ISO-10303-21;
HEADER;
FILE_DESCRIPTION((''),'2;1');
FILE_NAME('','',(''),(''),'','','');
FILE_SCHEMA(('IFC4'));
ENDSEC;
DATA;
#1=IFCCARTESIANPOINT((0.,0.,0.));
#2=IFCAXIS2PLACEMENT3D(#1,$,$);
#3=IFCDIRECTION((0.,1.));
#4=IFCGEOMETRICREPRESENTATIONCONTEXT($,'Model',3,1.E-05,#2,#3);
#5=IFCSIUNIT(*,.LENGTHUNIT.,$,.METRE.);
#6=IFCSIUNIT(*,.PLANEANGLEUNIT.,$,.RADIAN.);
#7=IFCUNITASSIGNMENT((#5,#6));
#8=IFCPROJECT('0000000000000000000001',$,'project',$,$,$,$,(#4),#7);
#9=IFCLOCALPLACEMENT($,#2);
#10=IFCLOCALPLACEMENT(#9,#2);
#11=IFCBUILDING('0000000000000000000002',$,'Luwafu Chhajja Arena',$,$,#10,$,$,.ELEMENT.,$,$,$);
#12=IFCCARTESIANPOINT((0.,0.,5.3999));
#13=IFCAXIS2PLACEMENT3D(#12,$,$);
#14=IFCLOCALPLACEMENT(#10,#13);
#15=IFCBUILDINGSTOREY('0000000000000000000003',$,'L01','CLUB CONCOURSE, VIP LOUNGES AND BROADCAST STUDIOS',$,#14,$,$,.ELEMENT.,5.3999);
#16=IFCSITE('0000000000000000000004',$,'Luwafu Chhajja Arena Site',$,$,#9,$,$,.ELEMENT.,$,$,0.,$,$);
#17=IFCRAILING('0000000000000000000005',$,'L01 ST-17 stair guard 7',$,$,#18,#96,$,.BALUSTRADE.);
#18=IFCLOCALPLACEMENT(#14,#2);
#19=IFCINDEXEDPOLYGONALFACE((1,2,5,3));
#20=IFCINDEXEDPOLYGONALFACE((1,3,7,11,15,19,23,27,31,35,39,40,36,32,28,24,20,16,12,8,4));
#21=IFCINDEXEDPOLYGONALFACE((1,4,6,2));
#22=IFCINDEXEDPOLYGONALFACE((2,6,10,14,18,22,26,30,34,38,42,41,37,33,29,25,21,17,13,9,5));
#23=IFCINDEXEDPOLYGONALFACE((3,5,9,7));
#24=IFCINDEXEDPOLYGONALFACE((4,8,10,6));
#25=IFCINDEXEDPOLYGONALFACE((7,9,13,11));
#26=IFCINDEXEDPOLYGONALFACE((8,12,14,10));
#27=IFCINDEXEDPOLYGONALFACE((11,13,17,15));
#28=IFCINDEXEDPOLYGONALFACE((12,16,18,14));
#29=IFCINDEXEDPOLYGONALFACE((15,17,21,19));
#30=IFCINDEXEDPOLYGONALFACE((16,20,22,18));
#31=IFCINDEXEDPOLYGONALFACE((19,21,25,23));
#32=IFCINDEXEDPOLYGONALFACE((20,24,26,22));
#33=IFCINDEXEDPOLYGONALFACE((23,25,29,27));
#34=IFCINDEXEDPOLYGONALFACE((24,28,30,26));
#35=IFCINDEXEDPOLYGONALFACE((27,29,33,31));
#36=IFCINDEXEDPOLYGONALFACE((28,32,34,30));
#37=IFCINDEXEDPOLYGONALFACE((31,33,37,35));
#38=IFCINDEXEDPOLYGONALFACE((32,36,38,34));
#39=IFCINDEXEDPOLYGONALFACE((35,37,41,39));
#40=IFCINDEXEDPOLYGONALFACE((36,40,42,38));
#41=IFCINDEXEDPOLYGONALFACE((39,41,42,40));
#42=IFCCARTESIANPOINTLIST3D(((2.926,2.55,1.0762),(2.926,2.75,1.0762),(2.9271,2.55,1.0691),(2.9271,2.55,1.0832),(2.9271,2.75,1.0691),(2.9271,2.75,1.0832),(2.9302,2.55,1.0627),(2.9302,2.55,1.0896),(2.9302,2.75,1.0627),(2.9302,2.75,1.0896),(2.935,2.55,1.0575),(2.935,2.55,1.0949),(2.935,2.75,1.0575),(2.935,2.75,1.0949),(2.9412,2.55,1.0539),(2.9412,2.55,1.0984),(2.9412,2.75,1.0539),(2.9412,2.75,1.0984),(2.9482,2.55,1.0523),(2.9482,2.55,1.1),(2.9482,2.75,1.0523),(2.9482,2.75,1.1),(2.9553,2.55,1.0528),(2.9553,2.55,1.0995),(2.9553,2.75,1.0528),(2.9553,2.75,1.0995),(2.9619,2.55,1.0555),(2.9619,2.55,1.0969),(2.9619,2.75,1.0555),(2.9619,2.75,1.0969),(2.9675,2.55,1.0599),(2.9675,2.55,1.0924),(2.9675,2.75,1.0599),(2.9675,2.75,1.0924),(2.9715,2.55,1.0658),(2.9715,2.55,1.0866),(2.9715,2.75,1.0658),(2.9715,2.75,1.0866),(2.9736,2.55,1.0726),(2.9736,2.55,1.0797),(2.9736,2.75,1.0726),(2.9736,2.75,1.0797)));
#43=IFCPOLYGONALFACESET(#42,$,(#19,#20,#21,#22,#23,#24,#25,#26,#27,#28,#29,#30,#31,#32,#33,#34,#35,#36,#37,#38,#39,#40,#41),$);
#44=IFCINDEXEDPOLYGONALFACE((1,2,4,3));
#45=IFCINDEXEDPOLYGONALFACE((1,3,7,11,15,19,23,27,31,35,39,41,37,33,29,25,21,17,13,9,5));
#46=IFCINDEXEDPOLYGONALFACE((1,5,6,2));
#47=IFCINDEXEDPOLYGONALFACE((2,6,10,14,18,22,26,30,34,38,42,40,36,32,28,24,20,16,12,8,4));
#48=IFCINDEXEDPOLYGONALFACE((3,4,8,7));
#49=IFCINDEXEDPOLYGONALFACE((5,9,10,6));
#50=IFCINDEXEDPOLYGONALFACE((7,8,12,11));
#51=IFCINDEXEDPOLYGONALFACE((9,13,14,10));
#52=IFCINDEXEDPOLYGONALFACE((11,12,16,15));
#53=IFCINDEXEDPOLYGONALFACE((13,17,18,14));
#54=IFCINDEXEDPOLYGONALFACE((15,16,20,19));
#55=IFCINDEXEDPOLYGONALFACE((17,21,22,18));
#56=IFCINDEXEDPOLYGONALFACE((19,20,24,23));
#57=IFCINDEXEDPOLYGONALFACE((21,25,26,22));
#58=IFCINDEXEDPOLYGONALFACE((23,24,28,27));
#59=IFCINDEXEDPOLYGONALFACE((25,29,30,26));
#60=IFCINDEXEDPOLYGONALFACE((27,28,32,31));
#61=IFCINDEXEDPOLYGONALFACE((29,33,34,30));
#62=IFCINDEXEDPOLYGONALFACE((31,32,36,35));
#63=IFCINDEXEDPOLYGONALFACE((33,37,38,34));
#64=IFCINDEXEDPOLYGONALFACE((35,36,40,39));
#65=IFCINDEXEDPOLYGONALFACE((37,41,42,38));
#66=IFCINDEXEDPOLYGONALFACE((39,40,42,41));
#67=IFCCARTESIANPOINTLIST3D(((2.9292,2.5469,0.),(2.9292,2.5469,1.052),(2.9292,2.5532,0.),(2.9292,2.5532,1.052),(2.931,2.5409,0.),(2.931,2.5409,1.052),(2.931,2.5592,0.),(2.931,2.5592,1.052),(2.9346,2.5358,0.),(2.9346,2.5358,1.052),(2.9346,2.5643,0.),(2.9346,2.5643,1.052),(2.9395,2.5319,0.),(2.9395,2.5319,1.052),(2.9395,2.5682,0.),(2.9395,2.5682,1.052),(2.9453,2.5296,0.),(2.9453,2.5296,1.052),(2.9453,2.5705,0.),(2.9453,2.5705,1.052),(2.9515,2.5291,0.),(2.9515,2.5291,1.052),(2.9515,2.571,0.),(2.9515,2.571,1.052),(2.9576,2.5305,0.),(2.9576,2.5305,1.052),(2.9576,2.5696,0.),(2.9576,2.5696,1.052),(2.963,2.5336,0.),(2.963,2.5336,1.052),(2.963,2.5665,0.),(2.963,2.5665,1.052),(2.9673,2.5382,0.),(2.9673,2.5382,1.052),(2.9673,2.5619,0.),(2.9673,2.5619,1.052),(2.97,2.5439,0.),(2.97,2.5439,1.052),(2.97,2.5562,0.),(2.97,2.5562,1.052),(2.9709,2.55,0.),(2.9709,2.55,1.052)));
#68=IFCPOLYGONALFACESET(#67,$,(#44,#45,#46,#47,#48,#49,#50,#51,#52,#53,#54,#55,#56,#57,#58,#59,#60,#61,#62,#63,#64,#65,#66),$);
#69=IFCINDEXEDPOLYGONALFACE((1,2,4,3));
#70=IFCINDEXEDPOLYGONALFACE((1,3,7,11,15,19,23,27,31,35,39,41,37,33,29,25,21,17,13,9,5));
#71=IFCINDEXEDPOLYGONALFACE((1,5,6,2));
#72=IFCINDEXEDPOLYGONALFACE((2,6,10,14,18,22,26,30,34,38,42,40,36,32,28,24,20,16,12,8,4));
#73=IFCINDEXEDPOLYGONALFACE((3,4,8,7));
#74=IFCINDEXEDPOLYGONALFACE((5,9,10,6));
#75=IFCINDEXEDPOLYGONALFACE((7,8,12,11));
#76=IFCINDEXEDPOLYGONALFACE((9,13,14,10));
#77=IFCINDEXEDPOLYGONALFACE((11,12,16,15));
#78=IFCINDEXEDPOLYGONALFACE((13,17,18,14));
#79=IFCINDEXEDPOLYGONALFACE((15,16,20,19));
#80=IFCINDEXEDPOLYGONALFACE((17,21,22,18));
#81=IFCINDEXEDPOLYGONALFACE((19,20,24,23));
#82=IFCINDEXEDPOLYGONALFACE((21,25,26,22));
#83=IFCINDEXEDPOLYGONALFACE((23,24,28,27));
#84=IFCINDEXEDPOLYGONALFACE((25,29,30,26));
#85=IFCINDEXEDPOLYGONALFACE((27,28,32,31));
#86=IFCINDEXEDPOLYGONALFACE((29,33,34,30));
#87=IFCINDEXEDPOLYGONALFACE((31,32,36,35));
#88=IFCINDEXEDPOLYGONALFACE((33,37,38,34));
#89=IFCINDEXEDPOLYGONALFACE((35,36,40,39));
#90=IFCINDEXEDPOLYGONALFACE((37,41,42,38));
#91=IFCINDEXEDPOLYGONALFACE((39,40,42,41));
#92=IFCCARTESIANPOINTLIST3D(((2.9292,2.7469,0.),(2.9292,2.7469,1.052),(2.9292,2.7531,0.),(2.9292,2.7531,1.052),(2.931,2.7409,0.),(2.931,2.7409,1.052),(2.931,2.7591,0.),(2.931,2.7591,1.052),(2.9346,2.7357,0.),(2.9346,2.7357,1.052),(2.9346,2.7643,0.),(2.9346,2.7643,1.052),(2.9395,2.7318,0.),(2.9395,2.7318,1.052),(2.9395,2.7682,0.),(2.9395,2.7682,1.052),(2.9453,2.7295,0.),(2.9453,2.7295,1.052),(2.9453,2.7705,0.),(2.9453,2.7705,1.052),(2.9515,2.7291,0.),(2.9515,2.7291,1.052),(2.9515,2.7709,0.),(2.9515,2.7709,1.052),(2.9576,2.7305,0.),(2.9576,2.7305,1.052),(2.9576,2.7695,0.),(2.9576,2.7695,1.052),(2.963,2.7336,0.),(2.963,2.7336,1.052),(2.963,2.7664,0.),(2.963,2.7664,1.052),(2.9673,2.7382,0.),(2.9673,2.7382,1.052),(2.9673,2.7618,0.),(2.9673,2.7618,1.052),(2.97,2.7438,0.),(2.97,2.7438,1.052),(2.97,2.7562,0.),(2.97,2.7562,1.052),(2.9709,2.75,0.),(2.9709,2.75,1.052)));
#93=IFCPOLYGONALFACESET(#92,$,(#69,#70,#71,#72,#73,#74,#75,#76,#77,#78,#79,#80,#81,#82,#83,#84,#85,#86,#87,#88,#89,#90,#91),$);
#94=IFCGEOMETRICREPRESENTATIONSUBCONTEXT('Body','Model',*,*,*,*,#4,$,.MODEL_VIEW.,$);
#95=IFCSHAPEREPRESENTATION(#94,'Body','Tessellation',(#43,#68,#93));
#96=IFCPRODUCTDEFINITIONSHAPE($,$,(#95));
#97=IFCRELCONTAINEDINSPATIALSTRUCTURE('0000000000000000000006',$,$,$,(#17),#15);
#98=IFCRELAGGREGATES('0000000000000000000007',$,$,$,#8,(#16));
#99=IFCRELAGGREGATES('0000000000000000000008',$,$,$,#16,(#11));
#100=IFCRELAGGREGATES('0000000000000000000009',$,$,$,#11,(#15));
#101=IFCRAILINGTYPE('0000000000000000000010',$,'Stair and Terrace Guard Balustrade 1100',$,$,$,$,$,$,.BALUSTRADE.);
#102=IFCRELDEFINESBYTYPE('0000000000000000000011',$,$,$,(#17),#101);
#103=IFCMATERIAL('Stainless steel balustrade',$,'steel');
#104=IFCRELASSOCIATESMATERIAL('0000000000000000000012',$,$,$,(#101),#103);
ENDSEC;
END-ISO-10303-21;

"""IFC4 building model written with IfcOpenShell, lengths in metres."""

from ifc_helpers import new_model, si_unit, direction, frame, origin, origin_2d, place, context, subcontext, project, spatial, circle, extrude, material, type_object, element, save


model = new_model("IFC4")

# Units and contexts
model_context = context("Model", 3, precision=1e-05, world=origin(), true_north=direction((0.0, 1.0)))
body_context = subcontext(model_context, "Body", "Model", "MODEL_VIEW")
ifc_project = project(units=[si_unit("LENGTHUNIT", "METRE"), si_unit("PLANEANGLEUNIT", "RADIAN")], contexts=[model_context])

# Site, building, storey
site_placement = place(None, origin())
site = spatial("IfcSite", under=ifc_project, at=site_placement, Name="Luwafu Chhajja Arena Site", CompositionType="ELEMENT", RefElevation=0.0)
building_placement = place(site_placement, origin())
building = spatial("IfcBuilding", under=site, at=building_placement, Name="Luwafu Chhajja Arena", CompositionType="ELEMENT")
storey_placement = place(building_placement, frame((0.0, 0.0, 5.3999)))
storey = spatial("IfcBuildingStorey", under=building, at=storey_placement, Name="L01", Description="CLUB CONCOURSE, VIP LOUNGES AND BROADCAST STUDIOS", CompositionType="ELEMENT", Elevation=5.3999)

# Railing
ifc_material_1 = material(Name="Stainless steel balustrade", Category="steel")
railing_type_1 = type_object("IfcRailingType", Name="Stair and Terrace Guard Balustrade 1100", PredefinedType="BALUSTRADE", material=ifc_material_1)
railing_1_placement = place(storey_placement, frame((2.95, 2.55, 0.0)))
element("IfcRailing", 1, at=railing_1_placement, inside=storey, type_object=railing_type_1, Name="L01 ST-17 stair guard 7", PredefinedType="BALUSTRADE", context=body_context, shape_type="SweptSolid", body=[
    extrude(circle(Radius=0.0239, at=origin_2d()), frame((0.0, 0.0, 1.0762), z_axis=(0.0, 1.0, 0.0), x_axis=(-1.0, 0.0, 0.0)), (0.0, 0.0, 1.0), 0.2),
    extrude(circle(Radius=0.021, at=origin_2d()), origin(), (0.0, 0.0, 1.0), 1.052),
    extrude(circle(Radius=0.021, at=origin_2d()), frame((0.0, 0.2, 0.0)), (0.0, 0.0, 1.0), 1.052),
])

save(model, "model.ifc")
